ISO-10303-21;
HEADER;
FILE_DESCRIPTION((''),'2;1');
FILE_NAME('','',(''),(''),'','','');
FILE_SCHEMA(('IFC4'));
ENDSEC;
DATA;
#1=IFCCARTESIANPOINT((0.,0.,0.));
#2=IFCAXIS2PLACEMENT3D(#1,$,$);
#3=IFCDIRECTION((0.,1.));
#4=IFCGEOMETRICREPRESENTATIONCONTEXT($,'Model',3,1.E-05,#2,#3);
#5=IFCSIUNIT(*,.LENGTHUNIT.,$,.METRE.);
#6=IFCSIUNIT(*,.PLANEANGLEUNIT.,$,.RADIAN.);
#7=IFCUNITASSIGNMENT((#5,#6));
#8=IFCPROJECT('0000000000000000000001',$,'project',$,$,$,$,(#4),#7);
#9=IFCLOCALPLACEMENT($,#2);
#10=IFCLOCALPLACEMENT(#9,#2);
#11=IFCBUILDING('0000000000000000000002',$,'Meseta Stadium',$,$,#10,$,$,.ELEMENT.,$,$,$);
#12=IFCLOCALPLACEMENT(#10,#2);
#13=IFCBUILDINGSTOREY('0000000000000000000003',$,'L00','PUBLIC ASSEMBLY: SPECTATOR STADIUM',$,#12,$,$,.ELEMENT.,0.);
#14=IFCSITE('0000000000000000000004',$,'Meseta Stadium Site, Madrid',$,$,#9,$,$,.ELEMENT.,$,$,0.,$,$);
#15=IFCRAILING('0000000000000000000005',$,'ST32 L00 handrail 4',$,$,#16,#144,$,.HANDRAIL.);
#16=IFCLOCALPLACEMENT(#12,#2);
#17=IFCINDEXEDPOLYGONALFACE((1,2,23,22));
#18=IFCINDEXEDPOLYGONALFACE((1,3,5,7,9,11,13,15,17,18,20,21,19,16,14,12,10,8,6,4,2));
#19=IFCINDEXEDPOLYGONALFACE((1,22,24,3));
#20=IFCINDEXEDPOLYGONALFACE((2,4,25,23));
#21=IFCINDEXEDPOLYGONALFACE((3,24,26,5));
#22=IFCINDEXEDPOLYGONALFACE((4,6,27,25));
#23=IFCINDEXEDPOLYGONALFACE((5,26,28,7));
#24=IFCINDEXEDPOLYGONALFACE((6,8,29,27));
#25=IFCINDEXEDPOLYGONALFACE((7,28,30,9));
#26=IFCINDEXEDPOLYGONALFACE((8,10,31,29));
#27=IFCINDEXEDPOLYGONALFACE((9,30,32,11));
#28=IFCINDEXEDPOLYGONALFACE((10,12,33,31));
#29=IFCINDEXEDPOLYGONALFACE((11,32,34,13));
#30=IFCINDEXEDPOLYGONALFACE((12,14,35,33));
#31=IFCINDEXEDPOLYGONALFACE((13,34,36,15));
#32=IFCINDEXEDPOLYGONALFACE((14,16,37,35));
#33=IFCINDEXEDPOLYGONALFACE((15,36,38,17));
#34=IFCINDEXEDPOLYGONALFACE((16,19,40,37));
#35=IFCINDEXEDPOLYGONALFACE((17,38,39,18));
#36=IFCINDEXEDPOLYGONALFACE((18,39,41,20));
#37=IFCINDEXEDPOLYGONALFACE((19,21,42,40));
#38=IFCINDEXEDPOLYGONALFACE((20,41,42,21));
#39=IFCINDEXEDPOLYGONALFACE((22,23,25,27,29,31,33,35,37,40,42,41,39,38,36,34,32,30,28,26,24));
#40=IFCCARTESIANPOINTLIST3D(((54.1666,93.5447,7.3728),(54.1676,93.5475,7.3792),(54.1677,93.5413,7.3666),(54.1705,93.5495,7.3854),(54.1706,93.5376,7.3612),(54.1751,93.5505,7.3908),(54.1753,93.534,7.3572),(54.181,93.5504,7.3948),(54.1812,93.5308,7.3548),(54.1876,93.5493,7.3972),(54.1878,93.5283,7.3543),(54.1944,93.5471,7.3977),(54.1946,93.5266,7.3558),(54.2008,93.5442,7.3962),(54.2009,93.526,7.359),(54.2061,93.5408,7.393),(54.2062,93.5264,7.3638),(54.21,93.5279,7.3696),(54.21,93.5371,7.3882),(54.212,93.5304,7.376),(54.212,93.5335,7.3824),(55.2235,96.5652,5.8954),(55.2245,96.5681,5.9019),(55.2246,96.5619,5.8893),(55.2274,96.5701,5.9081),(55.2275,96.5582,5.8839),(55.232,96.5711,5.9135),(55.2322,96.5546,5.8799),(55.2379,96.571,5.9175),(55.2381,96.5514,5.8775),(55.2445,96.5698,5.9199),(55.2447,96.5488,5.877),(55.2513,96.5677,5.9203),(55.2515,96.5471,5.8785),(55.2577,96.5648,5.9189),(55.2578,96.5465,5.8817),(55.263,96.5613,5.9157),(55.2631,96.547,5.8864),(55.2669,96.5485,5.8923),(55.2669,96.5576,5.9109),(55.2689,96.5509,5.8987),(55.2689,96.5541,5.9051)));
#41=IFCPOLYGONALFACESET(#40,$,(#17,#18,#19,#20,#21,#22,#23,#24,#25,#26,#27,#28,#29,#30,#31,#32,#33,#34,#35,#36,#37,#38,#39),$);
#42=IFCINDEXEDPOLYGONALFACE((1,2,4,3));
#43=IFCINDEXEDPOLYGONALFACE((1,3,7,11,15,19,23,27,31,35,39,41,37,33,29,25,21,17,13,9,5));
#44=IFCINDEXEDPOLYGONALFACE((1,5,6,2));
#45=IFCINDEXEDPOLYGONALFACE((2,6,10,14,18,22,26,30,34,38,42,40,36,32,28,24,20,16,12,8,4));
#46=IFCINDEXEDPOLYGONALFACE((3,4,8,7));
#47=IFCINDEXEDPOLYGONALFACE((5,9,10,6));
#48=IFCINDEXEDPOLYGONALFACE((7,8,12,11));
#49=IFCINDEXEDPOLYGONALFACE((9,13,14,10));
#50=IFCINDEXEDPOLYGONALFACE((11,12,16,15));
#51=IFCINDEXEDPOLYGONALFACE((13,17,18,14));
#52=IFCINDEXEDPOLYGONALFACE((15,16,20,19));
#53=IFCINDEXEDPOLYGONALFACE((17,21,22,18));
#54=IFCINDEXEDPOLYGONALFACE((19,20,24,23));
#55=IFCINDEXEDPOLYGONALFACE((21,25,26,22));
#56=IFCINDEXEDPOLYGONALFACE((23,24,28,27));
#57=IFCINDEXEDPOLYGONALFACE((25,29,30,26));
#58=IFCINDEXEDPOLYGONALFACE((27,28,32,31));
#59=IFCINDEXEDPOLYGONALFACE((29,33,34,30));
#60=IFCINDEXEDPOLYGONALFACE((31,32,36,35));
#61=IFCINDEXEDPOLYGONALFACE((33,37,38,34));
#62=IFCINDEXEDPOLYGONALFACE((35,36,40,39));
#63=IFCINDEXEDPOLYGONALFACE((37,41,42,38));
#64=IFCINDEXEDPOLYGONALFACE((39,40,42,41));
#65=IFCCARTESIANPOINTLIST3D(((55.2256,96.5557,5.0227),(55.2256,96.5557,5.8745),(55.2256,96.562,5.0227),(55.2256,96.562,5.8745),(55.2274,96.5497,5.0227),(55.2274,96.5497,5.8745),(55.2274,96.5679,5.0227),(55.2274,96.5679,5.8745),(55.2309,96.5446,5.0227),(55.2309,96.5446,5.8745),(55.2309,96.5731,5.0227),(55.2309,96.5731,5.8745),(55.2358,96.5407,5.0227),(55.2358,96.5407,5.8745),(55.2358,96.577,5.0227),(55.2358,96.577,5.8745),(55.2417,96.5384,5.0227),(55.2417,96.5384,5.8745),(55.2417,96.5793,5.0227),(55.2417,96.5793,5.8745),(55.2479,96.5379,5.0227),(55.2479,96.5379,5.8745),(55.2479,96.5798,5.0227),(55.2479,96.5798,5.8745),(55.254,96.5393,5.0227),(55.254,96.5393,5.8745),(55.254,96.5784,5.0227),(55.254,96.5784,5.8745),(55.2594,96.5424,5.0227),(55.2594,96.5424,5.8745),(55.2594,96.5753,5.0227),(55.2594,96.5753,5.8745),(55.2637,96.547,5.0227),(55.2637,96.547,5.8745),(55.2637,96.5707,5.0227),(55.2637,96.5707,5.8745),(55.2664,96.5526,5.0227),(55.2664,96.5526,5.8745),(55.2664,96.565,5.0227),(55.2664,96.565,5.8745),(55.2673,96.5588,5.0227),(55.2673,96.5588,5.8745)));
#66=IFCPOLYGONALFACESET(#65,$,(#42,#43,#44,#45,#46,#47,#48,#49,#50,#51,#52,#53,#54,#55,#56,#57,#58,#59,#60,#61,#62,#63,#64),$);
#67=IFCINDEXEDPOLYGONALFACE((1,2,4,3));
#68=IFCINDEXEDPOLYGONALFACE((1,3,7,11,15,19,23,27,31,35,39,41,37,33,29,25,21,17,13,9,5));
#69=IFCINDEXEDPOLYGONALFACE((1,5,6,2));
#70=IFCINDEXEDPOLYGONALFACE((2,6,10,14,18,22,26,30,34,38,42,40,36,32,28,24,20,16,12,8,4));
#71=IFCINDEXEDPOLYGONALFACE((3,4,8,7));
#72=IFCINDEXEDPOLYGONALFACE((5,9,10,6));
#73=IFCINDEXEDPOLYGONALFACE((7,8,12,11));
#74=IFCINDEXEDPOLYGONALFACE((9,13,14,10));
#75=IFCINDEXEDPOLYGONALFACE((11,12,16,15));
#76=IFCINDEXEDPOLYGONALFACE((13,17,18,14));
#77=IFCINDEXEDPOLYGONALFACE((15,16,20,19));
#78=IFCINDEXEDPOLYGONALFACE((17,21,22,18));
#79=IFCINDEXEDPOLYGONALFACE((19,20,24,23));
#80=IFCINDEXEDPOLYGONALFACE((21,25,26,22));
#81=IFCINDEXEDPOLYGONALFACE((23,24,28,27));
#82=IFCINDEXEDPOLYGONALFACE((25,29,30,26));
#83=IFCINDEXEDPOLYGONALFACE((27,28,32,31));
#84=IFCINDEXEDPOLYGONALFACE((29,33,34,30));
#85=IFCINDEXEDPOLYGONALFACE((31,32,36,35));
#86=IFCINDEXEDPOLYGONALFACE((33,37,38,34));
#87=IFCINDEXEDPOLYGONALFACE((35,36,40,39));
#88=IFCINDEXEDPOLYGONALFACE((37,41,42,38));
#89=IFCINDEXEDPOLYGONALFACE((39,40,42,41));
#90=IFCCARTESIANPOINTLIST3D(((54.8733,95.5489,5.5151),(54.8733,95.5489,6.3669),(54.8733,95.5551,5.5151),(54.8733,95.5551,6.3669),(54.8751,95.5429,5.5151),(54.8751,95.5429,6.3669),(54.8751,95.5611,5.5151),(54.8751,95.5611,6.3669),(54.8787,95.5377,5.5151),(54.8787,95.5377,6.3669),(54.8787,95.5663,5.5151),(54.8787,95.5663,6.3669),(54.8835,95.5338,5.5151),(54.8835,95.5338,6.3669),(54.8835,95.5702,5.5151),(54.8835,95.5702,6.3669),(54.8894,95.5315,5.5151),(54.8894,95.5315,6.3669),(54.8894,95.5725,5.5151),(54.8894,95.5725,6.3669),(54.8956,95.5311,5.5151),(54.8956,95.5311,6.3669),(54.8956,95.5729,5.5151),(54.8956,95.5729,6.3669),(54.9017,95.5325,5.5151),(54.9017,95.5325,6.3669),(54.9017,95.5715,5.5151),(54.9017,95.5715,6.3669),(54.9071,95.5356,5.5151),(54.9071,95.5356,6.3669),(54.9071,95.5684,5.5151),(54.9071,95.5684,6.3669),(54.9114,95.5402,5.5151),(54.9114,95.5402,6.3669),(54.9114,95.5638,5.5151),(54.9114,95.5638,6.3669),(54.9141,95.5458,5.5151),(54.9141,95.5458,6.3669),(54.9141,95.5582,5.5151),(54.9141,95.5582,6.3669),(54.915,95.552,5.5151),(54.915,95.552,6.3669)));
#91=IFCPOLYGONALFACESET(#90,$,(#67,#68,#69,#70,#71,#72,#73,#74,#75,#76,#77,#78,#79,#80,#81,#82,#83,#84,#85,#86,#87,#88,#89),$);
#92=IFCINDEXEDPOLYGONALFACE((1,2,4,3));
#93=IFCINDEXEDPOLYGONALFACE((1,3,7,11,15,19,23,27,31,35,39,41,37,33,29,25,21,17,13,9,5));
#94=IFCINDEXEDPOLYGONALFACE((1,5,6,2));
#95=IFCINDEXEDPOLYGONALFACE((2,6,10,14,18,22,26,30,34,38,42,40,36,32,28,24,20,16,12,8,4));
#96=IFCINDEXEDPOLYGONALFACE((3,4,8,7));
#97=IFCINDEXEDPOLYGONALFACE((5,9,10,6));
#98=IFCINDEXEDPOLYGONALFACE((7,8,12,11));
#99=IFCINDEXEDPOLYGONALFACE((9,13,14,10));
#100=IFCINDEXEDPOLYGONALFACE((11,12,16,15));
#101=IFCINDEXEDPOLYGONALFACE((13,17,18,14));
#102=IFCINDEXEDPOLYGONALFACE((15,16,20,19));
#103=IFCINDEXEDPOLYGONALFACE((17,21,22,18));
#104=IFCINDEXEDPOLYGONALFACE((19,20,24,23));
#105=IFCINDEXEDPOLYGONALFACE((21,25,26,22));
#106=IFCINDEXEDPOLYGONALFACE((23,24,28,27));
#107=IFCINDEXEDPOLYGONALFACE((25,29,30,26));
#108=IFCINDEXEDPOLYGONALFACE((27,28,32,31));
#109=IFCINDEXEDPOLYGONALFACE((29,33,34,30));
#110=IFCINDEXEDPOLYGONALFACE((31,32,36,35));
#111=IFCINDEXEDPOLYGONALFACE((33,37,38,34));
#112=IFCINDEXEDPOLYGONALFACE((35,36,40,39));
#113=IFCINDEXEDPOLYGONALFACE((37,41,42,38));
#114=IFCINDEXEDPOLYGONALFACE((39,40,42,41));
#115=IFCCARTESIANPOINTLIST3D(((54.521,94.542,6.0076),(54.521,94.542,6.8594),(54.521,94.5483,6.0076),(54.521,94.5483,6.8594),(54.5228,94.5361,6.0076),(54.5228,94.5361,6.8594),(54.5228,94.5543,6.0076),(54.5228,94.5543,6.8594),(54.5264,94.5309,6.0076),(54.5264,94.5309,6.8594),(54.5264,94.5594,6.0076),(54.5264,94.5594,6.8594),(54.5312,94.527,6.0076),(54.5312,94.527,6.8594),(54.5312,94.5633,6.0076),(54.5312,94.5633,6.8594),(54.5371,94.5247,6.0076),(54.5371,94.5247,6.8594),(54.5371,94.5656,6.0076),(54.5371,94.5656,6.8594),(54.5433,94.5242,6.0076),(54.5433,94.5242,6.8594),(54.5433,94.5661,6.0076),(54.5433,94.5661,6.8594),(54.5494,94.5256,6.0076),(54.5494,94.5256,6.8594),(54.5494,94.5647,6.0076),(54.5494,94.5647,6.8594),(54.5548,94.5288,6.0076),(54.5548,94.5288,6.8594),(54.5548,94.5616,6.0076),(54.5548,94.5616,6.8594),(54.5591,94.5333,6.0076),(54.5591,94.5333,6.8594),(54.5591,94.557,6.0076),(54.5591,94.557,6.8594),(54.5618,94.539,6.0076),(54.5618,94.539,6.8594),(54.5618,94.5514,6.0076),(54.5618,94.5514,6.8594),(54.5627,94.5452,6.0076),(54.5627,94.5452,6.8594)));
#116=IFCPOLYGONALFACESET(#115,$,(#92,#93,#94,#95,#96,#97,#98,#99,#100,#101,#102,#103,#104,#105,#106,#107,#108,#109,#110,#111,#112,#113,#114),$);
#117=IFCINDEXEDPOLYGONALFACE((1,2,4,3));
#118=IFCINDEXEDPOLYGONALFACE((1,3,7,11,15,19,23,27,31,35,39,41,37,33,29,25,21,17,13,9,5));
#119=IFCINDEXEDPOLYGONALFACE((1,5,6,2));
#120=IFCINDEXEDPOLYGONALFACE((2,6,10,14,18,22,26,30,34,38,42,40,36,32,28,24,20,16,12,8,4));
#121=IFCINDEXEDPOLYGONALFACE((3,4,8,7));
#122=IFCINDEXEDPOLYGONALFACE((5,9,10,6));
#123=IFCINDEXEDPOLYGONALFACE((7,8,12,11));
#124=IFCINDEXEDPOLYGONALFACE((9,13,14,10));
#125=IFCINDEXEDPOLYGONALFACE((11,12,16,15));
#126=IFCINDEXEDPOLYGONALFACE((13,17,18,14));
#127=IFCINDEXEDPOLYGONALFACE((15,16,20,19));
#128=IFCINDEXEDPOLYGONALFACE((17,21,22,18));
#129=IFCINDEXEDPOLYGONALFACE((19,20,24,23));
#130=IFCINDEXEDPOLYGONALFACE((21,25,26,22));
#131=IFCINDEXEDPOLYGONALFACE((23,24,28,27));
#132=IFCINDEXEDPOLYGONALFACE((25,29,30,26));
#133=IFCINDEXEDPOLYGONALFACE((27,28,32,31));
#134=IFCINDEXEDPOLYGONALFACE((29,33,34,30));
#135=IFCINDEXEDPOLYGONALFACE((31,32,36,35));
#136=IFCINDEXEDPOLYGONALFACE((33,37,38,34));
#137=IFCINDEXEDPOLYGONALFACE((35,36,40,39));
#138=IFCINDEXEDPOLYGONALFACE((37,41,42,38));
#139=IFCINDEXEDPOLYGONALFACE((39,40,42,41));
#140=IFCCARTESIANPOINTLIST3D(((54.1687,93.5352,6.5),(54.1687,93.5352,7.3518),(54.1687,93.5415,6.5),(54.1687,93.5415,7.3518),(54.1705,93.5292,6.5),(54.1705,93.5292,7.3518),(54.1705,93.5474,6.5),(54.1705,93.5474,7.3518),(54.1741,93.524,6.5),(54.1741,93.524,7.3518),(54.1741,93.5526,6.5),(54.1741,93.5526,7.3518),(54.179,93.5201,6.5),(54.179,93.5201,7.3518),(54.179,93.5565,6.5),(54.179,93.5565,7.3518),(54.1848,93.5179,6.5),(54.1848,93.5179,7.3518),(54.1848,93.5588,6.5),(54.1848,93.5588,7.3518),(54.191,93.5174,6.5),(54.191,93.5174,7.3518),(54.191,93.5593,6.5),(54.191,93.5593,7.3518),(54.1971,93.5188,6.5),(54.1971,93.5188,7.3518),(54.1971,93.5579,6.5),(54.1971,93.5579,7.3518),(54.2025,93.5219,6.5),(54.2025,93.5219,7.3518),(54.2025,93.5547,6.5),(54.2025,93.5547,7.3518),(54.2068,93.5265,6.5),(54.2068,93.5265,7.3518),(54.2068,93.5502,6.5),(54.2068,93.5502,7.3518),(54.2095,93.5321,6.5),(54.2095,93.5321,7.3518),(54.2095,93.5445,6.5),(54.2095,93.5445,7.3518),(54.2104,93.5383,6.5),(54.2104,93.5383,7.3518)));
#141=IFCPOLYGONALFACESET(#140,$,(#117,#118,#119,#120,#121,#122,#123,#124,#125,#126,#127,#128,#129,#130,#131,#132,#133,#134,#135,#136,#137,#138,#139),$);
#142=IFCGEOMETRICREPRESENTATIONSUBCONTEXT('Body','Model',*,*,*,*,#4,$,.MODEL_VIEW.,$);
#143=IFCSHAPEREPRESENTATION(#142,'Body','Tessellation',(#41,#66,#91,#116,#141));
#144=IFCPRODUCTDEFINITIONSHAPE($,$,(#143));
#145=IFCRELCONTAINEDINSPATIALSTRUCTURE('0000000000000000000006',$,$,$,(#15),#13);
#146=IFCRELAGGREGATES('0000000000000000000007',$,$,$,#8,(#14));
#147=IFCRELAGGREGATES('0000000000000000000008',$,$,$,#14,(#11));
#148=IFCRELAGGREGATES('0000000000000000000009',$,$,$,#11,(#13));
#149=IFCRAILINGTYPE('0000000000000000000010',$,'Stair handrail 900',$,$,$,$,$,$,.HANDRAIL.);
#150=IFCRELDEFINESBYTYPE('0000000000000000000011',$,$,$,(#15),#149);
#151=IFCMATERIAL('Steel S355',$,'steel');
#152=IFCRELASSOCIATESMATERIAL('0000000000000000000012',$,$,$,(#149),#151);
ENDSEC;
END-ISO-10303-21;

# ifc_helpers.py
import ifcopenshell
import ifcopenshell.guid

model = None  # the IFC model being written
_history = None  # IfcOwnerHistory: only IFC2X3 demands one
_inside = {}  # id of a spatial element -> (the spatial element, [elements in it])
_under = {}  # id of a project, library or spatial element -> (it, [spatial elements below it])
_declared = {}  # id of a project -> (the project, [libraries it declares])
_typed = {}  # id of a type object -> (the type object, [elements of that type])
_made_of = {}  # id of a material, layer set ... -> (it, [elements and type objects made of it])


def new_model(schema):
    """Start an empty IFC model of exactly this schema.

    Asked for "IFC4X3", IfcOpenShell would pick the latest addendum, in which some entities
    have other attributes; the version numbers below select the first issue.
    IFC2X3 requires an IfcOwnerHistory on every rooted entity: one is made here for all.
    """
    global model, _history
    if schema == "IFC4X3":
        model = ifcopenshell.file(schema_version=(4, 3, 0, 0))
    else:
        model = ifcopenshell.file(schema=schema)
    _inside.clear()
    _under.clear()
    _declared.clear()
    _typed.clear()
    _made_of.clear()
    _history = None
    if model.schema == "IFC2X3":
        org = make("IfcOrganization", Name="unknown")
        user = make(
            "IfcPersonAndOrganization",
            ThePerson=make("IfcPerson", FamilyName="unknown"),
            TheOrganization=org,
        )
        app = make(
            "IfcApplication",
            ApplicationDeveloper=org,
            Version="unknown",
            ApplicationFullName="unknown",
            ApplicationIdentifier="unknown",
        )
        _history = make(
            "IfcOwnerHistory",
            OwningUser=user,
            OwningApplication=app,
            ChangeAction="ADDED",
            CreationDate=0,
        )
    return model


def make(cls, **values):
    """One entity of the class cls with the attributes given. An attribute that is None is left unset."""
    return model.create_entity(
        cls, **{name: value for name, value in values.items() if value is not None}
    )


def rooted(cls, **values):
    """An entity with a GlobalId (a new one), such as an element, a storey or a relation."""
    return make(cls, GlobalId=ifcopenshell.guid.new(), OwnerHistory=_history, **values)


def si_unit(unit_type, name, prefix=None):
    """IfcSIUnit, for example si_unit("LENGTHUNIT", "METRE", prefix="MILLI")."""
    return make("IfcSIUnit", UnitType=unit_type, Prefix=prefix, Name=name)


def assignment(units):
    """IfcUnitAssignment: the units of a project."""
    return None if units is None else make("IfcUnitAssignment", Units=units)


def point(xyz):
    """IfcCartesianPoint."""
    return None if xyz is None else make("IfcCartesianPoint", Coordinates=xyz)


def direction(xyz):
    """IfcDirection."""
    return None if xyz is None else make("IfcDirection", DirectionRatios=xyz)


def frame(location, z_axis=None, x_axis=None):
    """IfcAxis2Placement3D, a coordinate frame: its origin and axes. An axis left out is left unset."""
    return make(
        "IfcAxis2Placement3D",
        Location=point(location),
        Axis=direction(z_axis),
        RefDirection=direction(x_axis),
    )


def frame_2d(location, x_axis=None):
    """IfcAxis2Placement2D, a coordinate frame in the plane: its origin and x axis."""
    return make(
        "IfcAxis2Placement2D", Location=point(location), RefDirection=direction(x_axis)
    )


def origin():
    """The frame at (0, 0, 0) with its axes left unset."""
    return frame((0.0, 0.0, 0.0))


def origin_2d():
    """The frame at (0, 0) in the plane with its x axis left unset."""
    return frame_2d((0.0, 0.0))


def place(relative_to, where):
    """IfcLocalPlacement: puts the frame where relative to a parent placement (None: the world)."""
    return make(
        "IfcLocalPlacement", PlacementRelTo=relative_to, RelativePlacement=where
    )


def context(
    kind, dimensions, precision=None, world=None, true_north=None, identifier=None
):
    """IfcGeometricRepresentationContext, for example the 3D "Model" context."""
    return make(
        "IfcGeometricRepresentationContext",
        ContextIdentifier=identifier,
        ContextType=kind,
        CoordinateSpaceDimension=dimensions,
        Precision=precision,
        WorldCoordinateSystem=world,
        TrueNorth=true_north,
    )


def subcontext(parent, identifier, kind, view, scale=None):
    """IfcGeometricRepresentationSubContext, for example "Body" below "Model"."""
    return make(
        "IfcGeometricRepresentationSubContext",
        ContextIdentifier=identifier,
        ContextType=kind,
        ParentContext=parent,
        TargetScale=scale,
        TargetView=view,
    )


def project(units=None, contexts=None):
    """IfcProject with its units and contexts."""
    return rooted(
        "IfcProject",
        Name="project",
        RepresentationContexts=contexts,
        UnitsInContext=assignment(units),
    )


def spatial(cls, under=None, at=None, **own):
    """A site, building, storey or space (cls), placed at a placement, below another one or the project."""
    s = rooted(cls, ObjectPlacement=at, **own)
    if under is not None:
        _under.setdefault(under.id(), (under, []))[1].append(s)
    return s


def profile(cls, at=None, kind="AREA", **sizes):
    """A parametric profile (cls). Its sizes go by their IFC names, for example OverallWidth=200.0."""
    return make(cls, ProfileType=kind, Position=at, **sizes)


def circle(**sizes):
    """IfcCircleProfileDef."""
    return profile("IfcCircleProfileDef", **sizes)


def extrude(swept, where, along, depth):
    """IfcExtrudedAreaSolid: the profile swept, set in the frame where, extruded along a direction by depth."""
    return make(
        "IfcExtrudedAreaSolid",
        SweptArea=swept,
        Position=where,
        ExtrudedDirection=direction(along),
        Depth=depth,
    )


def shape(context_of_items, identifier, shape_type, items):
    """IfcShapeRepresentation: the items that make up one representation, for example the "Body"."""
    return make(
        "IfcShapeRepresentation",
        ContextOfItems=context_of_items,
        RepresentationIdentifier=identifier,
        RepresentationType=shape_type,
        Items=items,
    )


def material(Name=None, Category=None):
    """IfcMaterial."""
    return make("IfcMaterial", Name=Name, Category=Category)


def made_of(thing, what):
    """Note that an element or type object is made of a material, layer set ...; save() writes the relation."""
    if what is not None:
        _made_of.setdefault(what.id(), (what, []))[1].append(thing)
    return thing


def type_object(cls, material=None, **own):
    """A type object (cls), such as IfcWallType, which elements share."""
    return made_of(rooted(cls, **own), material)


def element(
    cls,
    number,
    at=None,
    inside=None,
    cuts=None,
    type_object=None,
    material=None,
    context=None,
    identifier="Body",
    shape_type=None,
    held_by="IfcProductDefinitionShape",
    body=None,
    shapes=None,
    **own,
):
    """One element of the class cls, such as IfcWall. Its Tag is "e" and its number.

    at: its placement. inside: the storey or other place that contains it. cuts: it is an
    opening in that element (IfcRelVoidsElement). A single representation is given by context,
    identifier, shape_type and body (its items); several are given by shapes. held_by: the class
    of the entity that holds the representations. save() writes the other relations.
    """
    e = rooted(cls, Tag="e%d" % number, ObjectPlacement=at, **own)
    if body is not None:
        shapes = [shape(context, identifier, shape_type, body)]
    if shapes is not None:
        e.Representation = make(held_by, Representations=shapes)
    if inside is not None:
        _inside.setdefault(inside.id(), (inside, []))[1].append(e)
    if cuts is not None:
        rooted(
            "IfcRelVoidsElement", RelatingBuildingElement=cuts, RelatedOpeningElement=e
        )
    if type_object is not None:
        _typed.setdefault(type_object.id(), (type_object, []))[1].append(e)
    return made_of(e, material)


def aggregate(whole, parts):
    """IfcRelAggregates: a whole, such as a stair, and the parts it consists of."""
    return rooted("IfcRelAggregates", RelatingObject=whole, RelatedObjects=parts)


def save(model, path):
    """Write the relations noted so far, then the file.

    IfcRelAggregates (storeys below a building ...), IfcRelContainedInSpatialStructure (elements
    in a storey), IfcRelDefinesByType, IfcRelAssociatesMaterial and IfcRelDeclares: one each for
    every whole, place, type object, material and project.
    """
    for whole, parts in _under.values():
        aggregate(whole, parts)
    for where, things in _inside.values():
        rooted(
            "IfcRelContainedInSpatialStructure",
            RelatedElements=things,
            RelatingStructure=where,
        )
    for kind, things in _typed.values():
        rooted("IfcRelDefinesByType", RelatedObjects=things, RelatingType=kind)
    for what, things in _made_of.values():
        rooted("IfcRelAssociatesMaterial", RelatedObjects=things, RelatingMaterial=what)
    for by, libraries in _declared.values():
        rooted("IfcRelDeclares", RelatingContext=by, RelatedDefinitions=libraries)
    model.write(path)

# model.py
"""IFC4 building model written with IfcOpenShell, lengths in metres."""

from ifc_helpers import new_model, si_unit, direction, frame, origin, origin_2d, place, context, subcontext, project, spatial, circle, extrude, material, type_object, element, save


model = new_model("IFC4")

# Units and contexts
model_context = context("Model", 3, precision=1e-05, world=origin(), true_north=direction((0.0, 1.0)))
body_context = subcontext(model_context, "Body", "Model", "MODEL_VIEW")
ifc_project = project(units=[si_unit("LENGTHUNIT", "METRE"), si_unit("PLANEANGLEUNIT", "RADIAN")], contexts=[model_context])

# Site, building, storey
site_placement = place(None, origin())
site = spatial("IfcSite", under=ifc_project, at=site_placement, Name="Meseta Stadium Site, Madrid", CompositionType="ELEMENT", RefElevation=0.0)
building_placement = place(site_placement, origin())
building = spatial("IfcBuilding", under=site, at=building_placement, Name="Meseta Stadium", CompositionType="ELEMENT")
storey_placement = place(building_placement, origin())
storey = spatial("IfcBuildingStorey", under=building, at=storey_placement, Name="L00", Description="PUBLIC ASSEMBLY: SPECTATOR STADIUM", CompositionType="ELEMENT", Elevation=0.0)

# Railing
ifc_material_1 = material(Name="Steel S355", Category="steel")
railing_type_1 = type_object("IfcRailingType", Name="Stair handrail 900", PredefinedType="HANDRAIL", material=ifc_material_1)
for number, where, name in (
    (1, (55.2463, 96.5588, 5.0227), "ST32 L00 handrail 4"),
):
    element("IfcRailing", number, at=place(storey_placement, frame(where)), inside=storey, type_object=railing_type_1, Name=name, PredefinedType="HANDRAIL", context=body_context, shape_type="SweptSolid", body=[
        extrude(circle(Radius=0.0239, at=origin_2d()), frame((0.0, 0.0, 0.876), z_axis=(-0.299859, -0.856977, 0.419137), x_axis=(0.943887, -0.330269, 0.0)), (0.0, 0.0, 1.0), 3.5247),
        extrude(circle(Radius=0.021, at=origin_2d()), origin(), (0.0, 0.0, 1.0), 0.8518),
        extrude(circle(Radius=0.021, at=origin_2d()), frame((-0.3523, -1.0068, 0.4924)), (0.0, 0.0, 1.0), 0.8518),
        extrude(circle(Radius=0.021, at=origin_2d()), frame((-0.7046, -2.0137, 0.9849)), (0.0, 0.0, 1.0), 0.8518),
        extrude(circle(Radius=0.021, at=origin_2d()), frame((-1.0569, -3.0205, 1.4773)), (0.0, 0.0, 1.0), 0.8518),
    ])

save(model, "model.ifc")
